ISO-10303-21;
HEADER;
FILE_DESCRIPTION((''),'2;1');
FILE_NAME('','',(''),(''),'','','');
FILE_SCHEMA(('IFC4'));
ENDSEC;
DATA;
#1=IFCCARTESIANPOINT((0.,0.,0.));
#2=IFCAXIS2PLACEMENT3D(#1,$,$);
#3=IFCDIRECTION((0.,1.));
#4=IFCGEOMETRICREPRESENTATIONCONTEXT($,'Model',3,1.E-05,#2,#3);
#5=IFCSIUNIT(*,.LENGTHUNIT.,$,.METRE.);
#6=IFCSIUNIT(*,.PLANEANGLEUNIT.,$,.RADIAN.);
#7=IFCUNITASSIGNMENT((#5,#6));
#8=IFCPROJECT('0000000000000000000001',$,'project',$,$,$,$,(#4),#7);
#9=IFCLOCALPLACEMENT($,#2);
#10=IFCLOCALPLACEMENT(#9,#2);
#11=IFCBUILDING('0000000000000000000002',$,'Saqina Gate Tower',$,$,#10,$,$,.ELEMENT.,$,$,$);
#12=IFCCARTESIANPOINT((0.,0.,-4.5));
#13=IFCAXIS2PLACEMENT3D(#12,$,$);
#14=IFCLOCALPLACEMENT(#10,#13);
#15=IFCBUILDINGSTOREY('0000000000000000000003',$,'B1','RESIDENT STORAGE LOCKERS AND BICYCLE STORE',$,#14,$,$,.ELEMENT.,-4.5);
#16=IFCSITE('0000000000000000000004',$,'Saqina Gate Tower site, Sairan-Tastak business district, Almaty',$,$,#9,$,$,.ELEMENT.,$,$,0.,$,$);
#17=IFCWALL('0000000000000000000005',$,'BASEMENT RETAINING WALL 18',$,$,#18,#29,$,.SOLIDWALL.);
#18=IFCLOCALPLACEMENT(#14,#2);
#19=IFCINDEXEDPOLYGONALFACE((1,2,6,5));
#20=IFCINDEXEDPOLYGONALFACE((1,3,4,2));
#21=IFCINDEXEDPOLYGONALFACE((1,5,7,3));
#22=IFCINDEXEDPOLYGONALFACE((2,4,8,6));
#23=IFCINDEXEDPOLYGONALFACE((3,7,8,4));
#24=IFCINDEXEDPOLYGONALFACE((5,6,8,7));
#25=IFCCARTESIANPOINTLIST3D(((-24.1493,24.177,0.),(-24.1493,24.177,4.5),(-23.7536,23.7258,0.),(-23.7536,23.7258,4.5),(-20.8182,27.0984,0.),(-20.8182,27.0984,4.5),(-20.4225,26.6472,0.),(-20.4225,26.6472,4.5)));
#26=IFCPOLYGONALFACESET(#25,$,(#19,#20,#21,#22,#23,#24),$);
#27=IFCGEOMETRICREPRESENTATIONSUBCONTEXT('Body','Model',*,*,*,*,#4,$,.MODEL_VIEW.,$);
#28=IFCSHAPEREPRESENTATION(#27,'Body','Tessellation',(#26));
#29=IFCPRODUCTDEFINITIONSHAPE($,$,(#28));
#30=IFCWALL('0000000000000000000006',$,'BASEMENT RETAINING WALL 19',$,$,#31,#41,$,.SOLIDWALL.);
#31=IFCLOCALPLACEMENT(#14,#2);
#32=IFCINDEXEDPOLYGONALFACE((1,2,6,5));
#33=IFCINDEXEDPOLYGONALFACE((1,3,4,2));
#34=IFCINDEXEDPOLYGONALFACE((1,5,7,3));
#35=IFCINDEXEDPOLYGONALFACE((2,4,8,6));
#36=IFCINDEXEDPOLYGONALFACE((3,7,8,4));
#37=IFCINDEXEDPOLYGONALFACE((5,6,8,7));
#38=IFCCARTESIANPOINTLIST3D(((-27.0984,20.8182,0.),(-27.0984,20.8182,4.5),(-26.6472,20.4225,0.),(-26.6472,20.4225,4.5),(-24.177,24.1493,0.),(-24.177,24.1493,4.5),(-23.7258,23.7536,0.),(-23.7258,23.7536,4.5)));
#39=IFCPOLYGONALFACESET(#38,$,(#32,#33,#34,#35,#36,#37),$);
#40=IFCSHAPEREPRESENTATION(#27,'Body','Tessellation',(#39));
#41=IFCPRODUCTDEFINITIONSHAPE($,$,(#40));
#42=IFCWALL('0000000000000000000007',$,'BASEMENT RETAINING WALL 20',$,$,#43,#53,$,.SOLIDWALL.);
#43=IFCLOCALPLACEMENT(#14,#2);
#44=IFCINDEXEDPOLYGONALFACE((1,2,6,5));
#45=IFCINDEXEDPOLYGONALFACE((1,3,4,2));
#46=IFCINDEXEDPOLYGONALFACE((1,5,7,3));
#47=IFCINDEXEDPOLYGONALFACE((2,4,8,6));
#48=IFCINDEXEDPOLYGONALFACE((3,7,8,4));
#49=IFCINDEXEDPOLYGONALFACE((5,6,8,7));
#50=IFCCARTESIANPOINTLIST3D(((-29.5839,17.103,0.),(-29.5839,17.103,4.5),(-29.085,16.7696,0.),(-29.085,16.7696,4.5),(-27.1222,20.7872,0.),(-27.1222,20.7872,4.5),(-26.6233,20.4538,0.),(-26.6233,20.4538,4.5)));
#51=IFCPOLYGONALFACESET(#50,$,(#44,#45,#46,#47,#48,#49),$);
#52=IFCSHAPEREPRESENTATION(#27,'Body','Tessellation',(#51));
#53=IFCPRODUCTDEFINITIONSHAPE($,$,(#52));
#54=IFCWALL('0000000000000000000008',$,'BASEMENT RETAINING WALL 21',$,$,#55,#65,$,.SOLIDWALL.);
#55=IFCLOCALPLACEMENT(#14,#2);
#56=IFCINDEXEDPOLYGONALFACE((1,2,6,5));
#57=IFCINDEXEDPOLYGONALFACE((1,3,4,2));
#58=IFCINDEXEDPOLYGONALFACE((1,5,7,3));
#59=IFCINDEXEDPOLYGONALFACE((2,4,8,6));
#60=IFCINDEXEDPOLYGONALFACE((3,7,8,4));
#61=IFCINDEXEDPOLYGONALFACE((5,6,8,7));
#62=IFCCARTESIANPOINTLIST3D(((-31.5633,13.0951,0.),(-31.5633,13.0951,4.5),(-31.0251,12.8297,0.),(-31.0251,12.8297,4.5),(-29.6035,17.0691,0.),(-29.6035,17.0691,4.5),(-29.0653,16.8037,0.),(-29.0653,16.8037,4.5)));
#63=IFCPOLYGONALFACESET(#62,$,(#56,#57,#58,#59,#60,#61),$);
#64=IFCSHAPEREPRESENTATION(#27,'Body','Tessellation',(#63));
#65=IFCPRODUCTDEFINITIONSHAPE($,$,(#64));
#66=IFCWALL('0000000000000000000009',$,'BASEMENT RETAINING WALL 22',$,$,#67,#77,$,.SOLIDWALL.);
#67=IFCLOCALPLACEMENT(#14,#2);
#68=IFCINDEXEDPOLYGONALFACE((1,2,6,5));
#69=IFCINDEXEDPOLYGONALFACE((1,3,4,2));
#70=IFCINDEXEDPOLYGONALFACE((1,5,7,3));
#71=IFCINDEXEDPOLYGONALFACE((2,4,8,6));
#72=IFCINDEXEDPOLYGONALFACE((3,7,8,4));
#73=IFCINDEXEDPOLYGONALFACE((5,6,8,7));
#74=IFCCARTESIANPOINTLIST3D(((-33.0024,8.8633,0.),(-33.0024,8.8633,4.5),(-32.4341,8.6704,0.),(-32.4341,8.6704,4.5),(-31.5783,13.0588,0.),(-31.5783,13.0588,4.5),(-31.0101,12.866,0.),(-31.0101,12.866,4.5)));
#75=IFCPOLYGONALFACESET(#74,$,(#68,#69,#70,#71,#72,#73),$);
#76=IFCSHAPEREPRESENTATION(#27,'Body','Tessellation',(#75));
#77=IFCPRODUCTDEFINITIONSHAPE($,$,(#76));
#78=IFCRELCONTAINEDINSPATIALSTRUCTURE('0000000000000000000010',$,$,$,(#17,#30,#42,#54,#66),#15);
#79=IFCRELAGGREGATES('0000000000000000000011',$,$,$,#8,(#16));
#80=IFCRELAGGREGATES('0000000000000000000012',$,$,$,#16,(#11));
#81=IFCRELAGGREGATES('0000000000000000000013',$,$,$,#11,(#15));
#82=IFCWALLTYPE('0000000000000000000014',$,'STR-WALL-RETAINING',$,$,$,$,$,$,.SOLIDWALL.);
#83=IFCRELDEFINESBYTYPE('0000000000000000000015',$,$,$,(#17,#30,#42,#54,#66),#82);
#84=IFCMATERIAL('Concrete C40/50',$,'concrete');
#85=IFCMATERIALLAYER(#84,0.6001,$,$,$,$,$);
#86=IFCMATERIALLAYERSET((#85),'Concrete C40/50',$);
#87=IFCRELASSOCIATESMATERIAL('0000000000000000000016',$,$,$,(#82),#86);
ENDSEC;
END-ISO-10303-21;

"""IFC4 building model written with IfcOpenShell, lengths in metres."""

from ifc_helpers import new_model, si_unit, direction, frame, frame_2d, origin, place, context, subcontext, project, spatial, rectangle, extrude, material, layer, layer_set, type_object, element, save


model = new_model("IFC4")

# Units and contexts
model_context = context("Model", 3, precision=1e-05, world=origin(), true_north=direction((0.0, 1.0)))
body_context = subcontext(model_context, "Body", "Model", "MODEL_VIEW")
ifc_project = project(units=[si_unit("LENGTHUNIT", "METRE"), si_unit("PLANEANGLEUNIT", "RADIAN")], contexts=[model_context])

# Site, building, storey
site_placement = place(None, origin())
site = spatial("IfcSite", under=ifc_project, at=site_placement, Name="Saqina Gate Tower site, Sairan-Tastak business district, Almaty", CompositionType="ELEMENT", RefElevation=0.0)
building_placement = place(site_placement, origin())
building = spatial("IfcBuilding", under=site, at=building_placement, Name="Saqina Gate Tower", CompositionType="ELEMENT")
storey_placement = place(building_placement, frame((0.0, 0.0, -4.5)))
storey = spatial("IfcBuildingStorey", under=building, at=storey_placement, Name="B1", Description="RESIDENT STORAGE LOCKERS AND BICYCLE STORE", CompositionType="ELEMENT", Elevation=-4.5)

# Walls
ifc_material_1 = material(Name="Concrete C40/50", Category="concrete")
ifc_layer_1 = layer(ifc_material_1, 0.6001)
ifc_layer_set_1 = layer_set([ifc_layer_1], Name="Concrete C40/50")
wall_type_1 = type_object("IfcWallType", Name="STR-WALL-RETAINING", PredefinedType="SOLIDWALL", material=ifc_layer_set_1)
for number, where, z_axis, x_axis, name in (
    (1, (-20.6204, 26.8728, 0.0), (0.0, 0.0, 1.0), (-0.751825, -0.659362, 0.0), "BASEMENT RETAINING WALL 18"),
    (2, (-23.9514, 23.9514, 0.0), (0.0, 0.0, 1.0), (-0.659362, -0.751825, 0.0), "BASEMENT RETAINING WALL 19"),
):
    element("IfcWall", number, at=place(storey_placement, frame(where, z_axis=z_axis, x_axis=x_axis)), inside=storey, type_object=wall_type_1, Name=name, PredefinedType="SOLIDWALL", context=body_context, shape_type="SweptSolid", body=[
        extrude(rectangle(XDim=4.4307, YDim=0.6001, at=frame_2d((2.2153, 0.0))), origin(), (0.0, 0.0, 1.0), 4.5),
    ])
for number, where, z_axis, x_axis, name in (
    (3, (-26.8728, 20.6204, 0.0), (0.0, 0.0, 1.0), (-0.555577, -0.831465, 0.0), "BASEMENT RETAINING WALL 20"),
    (4, (-29.3345, 16.9363, 0.0), (0.0, 0.0, 1.0), (-0.442292, -0.896871, 0.0), "BASEMENT RETAINING WALL 21"),
):
    element("IfcWall", number, at=place(storey_placement, frame(where, z_axis=z_axis, x_axis=x_axis)), inside=storey, type_object=wall_type_1, Name=name, PredefinedType="SOLIDWALL", context=body_context, shape_type="SweptSolid", body=[
        extrude(rectangle(XDim=4.4309, YDim=0.6001, at=frame_2d((2.2153, 0.0))), origin(), (0.0, 0.0, 1.0), 4.5),
    ])
wall_1_placement = place(storey_placement, frame((-31.2942, 12.9624, 0.0), z_axis=(0.0, 0.0, 1.0), x_axis=(-0.321414, -0.946939, 0.0)))
element("IfcWall", 5, at=wall_1_placement, inside=storey, type_object=wall_type_1, Name="BASEMENT RETAINING WALL 22", PredefinedType="SOLIDWALL", context=body_context, shape_type="SweptSolid", body=[
    extrude(rectangle(XDim=4.4307, YDim=0.6001, at=frame_2d((2.2153, 0.0))), origin(), (0.0, 0.0, 1.0), 4.5),
])

save(model, "model.ifc")
